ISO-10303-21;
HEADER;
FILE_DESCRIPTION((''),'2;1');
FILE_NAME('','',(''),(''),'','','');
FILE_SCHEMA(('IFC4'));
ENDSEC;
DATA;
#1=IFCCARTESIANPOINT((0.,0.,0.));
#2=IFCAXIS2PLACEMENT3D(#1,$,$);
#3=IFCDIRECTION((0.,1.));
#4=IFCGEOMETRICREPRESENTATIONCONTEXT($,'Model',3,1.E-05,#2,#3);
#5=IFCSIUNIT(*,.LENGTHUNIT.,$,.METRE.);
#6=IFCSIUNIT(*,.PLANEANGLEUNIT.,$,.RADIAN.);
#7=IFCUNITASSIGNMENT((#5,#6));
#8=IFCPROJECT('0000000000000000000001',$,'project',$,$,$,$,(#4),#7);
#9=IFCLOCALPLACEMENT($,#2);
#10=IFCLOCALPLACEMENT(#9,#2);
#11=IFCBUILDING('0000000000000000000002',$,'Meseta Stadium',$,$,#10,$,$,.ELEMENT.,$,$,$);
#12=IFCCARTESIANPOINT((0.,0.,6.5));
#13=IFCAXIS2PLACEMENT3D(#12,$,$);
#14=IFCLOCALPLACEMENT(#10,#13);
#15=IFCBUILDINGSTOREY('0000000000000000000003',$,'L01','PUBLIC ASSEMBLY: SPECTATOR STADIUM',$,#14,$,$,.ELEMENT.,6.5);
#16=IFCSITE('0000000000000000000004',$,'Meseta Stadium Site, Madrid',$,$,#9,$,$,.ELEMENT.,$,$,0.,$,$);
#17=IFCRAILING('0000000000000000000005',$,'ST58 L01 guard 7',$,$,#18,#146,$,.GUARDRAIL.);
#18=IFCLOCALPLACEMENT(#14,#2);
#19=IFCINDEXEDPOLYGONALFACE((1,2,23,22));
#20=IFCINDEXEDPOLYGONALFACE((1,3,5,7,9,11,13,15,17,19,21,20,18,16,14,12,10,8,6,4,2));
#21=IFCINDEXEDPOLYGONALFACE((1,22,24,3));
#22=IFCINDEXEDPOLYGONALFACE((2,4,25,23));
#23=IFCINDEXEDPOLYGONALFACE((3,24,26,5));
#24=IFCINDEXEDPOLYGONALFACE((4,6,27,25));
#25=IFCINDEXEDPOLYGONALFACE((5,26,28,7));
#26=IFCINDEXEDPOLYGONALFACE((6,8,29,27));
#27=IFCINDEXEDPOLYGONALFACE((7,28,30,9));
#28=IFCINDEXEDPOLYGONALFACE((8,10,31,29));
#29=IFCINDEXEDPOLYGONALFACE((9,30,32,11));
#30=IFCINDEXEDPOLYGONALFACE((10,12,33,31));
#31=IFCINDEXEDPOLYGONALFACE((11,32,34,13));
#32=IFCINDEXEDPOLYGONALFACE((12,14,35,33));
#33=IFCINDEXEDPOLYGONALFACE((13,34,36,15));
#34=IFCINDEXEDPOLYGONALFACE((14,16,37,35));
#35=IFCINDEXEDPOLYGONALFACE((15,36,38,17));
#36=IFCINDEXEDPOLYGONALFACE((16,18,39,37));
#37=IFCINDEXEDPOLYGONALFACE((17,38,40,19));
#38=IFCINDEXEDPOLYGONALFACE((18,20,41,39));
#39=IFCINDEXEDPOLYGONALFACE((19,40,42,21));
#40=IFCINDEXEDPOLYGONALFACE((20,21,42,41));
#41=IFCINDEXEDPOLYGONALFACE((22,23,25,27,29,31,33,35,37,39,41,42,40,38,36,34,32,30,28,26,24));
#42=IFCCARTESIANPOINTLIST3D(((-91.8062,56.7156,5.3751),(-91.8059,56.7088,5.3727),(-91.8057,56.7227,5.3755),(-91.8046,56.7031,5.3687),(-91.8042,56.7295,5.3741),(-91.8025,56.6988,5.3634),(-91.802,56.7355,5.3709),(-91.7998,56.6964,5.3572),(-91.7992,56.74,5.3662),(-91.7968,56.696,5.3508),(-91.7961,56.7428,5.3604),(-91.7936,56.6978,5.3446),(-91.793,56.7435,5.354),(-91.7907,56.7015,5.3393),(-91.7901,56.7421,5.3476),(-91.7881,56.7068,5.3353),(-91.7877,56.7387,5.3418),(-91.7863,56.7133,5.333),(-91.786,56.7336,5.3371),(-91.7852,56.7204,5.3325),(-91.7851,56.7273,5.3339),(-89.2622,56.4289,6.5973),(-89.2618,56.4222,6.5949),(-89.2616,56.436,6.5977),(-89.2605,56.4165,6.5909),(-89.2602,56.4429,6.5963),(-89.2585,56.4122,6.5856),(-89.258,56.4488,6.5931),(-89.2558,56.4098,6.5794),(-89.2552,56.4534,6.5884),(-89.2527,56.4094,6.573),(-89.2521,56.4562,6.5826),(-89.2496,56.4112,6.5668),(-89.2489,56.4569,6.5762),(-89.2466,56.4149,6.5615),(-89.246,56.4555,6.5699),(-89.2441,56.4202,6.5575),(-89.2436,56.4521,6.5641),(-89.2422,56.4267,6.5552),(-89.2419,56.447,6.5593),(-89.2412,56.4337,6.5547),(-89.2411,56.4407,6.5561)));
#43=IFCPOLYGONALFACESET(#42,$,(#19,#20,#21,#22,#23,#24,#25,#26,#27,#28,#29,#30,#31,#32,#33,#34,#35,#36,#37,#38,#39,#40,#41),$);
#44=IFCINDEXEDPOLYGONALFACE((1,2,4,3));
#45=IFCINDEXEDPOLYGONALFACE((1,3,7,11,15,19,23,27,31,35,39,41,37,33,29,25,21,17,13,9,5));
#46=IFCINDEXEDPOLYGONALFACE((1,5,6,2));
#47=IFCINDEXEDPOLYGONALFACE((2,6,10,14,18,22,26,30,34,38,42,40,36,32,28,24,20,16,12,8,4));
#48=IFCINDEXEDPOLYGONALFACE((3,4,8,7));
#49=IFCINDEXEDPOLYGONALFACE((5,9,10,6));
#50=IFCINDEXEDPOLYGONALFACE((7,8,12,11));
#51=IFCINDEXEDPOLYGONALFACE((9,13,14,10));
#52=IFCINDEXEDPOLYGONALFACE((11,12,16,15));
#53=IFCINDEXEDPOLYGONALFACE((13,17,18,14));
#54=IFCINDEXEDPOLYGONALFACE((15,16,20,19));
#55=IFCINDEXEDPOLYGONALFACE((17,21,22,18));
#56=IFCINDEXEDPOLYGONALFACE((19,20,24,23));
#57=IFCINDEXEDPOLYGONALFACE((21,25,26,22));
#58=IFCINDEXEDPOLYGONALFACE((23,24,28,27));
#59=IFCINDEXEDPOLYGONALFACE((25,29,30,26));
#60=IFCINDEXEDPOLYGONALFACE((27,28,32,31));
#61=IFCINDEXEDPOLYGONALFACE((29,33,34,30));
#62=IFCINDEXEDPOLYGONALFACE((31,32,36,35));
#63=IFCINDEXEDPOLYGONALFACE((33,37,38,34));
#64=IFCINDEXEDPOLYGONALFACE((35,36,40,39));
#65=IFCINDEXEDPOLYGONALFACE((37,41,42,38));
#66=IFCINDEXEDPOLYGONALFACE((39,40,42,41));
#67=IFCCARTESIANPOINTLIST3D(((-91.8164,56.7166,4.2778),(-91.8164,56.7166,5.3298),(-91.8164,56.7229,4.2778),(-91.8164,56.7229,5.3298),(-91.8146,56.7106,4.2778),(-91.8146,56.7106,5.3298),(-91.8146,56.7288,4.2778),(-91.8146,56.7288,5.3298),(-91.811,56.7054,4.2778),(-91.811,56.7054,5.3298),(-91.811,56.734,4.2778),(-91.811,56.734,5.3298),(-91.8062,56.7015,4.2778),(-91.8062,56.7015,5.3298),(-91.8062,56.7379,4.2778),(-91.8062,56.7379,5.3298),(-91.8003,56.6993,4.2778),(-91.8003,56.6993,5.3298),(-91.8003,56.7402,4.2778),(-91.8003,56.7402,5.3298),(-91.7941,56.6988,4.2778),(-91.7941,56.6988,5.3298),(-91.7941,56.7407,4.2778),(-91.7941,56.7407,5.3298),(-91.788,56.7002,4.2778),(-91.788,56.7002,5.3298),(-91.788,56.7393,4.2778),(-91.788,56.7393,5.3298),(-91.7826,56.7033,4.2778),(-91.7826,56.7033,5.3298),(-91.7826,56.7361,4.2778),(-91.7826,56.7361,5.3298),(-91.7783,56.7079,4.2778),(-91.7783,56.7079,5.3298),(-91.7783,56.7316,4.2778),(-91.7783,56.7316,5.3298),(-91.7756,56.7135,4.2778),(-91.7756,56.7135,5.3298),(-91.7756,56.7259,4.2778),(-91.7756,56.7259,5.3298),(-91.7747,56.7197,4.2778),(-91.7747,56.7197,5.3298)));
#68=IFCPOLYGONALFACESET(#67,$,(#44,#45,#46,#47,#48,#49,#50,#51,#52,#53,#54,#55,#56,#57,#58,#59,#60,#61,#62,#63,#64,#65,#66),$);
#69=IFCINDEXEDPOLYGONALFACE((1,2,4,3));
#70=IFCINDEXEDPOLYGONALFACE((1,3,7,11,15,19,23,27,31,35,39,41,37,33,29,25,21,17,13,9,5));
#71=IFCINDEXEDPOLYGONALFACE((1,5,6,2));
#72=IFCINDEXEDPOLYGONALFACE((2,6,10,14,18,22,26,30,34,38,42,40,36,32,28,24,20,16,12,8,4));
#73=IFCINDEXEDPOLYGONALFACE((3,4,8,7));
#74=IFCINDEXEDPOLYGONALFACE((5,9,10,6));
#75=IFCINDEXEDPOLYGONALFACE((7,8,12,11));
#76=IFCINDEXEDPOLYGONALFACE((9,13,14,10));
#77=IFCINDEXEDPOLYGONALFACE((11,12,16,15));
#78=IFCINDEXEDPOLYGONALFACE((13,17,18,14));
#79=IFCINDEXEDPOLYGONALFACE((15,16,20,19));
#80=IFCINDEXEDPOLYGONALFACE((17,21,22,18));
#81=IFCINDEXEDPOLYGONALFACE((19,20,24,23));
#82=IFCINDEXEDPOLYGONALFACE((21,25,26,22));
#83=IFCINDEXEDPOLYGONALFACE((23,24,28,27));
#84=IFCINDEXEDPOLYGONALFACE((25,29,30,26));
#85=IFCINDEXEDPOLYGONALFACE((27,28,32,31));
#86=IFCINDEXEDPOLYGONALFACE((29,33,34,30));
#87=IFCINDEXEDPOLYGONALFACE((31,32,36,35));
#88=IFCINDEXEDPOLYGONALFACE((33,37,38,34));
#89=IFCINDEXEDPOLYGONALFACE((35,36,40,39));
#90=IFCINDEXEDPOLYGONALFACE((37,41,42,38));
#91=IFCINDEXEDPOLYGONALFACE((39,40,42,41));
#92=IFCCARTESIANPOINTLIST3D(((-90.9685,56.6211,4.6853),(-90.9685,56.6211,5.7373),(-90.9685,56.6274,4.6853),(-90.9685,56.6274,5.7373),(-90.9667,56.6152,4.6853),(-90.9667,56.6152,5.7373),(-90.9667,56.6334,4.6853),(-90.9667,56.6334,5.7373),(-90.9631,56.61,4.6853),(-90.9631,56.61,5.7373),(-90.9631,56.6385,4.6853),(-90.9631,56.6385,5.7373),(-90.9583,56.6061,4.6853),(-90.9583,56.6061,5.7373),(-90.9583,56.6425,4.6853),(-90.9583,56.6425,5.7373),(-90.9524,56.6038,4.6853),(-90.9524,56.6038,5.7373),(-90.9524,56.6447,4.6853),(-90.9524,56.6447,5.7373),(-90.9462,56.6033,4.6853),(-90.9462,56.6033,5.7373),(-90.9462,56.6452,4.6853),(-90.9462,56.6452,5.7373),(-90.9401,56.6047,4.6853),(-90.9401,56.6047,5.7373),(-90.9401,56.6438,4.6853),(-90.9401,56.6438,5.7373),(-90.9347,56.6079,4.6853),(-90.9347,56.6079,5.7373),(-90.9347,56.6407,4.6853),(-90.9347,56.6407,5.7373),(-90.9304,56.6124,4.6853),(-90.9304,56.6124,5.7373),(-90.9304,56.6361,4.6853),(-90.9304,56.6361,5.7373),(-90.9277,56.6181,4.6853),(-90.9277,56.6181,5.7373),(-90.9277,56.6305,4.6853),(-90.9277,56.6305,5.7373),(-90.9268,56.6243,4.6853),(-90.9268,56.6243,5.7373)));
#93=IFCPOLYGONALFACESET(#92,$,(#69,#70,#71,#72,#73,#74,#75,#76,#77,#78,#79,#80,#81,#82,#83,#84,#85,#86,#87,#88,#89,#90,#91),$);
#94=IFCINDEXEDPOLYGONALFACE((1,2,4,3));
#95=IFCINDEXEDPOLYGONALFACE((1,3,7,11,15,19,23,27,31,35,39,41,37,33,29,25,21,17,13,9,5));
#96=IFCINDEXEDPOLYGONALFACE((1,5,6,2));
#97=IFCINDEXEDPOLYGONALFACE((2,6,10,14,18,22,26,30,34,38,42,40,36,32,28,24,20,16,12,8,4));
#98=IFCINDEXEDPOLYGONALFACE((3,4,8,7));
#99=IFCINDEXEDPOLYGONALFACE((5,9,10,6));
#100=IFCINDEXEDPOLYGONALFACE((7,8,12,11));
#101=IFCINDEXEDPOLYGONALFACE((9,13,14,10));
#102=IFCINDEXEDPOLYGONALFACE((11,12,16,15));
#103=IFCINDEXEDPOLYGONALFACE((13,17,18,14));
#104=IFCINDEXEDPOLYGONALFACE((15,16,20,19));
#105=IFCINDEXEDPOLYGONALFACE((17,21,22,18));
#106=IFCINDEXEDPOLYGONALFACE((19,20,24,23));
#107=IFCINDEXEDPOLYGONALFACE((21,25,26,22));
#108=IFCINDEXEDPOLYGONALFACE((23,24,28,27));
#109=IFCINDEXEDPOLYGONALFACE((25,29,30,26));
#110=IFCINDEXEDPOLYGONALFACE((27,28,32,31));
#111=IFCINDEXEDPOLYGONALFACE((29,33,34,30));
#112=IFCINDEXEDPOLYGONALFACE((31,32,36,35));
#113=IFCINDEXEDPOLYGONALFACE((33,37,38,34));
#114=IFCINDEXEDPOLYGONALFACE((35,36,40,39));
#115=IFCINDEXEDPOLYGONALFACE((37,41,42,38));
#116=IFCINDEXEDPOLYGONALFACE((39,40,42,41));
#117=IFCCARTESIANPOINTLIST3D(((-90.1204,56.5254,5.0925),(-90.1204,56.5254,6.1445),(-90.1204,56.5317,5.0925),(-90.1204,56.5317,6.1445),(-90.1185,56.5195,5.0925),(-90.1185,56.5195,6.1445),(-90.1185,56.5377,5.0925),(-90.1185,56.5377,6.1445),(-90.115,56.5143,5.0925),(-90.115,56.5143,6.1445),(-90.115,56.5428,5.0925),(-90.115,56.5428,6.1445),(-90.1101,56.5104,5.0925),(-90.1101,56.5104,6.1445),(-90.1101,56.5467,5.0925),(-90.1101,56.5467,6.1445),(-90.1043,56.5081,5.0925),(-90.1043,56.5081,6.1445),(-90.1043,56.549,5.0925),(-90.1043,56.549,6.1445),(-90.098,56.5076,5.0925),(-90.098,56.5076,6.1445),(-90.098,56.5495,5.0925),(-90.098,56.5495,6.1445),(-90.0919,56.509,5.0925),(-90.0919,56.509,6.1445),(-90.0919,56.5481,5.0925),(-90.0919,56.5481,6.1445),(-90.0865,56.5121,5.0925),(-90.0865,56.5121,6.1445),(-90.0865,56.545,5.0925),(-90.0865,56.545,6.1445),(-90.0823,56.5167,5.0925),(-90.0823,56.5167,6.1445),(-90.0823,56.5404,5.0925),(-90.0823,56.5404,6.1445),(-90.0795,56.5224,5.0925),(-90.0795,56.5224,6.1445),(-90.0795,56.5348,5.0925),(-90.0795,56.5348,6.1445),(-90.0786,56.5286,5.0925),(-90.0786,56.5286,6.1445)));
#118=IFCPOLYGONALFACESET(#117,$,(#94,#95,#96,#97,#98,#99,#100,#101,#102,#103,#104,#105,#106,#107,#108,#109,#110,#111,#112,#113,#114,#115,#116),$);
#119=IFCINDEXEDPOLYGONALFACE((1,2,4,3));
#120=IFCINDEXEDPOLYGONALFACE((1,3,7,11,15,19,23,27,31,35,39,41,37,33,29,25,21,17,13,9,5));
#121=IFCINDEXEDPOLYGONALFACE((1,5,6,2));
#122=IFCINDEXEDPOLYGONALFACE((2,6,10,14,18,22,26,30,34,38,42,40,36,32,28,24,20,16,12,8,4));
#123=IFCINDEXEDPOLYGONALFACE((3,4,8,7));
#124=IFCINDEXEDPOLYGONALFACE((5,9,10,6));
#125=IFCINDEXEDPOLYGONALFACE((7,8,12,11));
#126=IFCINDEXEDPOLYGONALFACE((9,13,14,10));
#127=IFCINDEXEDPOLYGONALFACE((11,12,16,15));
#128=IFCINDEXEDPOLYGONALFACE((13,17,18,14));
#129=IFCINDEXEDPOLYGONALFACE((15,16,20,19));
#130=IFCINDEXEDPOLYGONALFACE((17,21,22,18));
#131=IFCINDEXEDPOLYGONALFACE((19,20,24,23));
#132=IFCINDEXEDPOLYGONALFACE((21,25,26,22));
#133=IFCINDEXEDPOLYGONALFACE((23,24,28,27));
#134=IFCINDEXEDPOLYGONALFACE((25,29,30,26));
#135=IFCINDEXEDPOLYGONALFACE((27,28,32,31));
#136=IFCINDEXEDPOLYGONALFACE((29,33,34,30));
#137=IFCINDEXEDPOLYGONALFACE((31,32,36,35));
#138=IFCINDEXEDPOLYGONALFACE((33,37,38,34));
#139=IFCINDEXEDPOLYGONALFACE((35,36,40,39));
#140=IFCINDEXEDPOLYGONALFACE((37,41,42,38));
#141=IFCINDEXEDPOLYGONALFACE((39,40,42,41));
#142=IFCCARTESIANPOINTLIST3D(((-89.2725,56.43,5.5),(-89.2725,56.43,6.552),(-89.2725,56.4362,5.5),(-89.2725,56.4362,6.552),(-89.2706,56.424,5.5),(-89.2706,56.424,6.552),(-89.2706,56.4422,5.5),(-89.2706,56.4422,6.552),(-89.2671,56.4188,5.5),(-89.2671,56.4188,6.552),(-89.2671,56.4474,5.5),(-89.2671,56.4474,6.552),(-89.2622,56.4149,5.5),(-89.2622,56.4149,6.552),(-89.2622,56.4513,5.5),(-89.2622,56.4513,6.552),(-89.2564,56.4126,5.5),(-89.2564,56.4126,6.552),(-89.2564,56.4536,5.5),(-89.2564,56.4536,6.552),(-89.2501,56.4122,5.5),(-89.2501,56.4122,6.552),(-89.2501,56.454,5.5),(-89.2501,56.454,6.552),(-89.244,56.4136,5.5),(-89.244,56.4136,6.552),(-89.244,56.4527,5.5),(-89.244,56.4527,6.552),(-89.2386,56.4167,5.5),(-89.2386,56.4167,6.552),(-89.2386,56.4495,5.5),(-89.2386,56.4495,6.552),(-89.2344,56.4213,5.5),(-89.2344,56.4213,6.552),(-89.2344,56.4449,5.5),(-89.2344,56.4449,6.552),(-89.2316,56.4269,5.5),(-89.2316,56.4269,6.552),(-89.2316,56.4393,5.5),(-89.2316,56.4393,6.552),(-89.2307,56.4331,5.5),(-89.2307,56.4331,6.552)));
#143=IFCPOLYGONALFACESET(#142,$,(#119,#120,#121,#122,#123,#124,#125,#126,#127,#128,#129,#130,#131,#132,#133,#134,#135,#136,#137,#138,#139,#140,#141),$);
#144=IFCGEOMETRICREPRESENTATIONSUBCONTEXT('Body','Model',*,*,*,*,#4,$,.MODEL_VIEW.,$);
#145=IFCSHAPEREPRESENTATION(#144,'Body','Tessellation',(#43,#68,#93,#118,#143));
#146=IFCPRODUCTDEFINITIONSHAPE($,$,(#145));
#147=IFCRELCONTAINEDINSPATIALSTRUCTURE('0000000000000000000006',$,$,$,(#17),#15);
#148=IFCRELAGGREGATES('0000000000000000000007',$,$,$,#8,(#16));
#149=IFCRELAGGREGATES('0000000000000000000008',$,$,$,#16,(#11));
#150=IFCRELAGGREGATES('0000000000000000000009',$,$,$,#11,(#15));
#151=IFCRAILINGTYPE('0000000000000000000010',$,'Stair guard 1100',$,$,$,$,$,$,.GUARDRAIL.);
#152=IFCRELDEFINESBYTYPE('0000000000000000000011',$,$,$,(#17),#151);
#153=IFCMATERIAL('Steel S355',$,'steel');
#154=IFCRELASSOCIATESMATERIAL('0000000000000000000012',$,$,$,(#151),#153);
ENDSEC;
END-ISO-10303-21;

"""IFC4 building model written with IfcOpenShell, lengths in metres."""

from ifc_helpers import new_model, si_unit, direction, frame, origin, origin_2d, place, context, subcontext, project, spatial, circle, extrude, material, type_object, element, save


model = new_model("IFC4")

# Units and contexts
model_context = context("Model", 3, precision=1e-05, world=origin(), true_north=direction((0.0, 1.0)))
body_context = subcontext(model_context, "Body", "Model", "MODEL_VIEW")
ifc_project = project(units=[si_unit("LENGTHUNIT", "METRE"), si_unit("PLANEANGLEUNIT", "RADIAN")], contexts=[model_context])

# Site, building, storey
site_placement = place(None, origin())
site = spatial("IfcSite", under=ifc_project, at=site_placement, Name="Meseta Stadium Site, Madrid", CompositionType="ELEMENT", RefElevation=0.0)
building_placement = place(site_placement, origin())
building = spatial("IfcBuilding", under=site, at=building_placement, Name="Meseta Stadium", CompositionType="ELEMENT")
storey_placement = place(building_placement, frame((0.0, 0.0, 6.5)))
storey = spatial("IfcBuildingStorey", under=building, at=storey_placement, Name="L01", Description="PUBLIC ASSEMBLY: SPECTATOR STADIUM", CompositionType="ELEMENT", Elevation=6.5)

# Railing
ifc_material_1 = material(Name="Steel S355", Category="steel")
railing_type_1 = type_object("IfcRailingType", Name="Stair guard 1100", PredefinedType="GUARDRAIL", material=ifc_material_1)
railing_1_placement = place(storey_placement, frame((-91.7957, 56.7197, 4.2778)))
element("IfcRailing", 1, at=railing_1_placement, inside=storey, type_object=railing_type_1, Name="ST58 L01 guard 7", PredefinedType="GUARDRAIL", context=body_context, shape_type="SweptSolid", body=[
    extrude(circle(Radius=0.0239, at=origin_2d()), frame((0.0, 0.0, 1.0762), z_axis=(0.896762, -0.101036, 0.430824), x_axis=(0.11196, 0.993713, 0.0)), (0.0, 0.0, 1.0), 2.8369),
    extrude(circle(Radius=0.021, at=origin_2d()), origin(), (0.0, 0.0, 1.0), 1.052),
    extrude(circle(Radius=0.021, at=origin_2d()), frame((0.8479, -0.0955, 0.4075)), (0.0, 0.0, 1.0), 1.052),
    extrude(circle(Radius=0.021, at=origin_2d()), frame((1.696, -0.1912, 0.8147)), (0.0, 0.0, 1.0), 1.052),
    extrude(circle(Radius=0.021, at=origin_2d()), frame((2.5439, -0.2866, 1.2222)), (0.0, 0.0, 1.0), 1.052),
])

save(model, "model.ifc")
